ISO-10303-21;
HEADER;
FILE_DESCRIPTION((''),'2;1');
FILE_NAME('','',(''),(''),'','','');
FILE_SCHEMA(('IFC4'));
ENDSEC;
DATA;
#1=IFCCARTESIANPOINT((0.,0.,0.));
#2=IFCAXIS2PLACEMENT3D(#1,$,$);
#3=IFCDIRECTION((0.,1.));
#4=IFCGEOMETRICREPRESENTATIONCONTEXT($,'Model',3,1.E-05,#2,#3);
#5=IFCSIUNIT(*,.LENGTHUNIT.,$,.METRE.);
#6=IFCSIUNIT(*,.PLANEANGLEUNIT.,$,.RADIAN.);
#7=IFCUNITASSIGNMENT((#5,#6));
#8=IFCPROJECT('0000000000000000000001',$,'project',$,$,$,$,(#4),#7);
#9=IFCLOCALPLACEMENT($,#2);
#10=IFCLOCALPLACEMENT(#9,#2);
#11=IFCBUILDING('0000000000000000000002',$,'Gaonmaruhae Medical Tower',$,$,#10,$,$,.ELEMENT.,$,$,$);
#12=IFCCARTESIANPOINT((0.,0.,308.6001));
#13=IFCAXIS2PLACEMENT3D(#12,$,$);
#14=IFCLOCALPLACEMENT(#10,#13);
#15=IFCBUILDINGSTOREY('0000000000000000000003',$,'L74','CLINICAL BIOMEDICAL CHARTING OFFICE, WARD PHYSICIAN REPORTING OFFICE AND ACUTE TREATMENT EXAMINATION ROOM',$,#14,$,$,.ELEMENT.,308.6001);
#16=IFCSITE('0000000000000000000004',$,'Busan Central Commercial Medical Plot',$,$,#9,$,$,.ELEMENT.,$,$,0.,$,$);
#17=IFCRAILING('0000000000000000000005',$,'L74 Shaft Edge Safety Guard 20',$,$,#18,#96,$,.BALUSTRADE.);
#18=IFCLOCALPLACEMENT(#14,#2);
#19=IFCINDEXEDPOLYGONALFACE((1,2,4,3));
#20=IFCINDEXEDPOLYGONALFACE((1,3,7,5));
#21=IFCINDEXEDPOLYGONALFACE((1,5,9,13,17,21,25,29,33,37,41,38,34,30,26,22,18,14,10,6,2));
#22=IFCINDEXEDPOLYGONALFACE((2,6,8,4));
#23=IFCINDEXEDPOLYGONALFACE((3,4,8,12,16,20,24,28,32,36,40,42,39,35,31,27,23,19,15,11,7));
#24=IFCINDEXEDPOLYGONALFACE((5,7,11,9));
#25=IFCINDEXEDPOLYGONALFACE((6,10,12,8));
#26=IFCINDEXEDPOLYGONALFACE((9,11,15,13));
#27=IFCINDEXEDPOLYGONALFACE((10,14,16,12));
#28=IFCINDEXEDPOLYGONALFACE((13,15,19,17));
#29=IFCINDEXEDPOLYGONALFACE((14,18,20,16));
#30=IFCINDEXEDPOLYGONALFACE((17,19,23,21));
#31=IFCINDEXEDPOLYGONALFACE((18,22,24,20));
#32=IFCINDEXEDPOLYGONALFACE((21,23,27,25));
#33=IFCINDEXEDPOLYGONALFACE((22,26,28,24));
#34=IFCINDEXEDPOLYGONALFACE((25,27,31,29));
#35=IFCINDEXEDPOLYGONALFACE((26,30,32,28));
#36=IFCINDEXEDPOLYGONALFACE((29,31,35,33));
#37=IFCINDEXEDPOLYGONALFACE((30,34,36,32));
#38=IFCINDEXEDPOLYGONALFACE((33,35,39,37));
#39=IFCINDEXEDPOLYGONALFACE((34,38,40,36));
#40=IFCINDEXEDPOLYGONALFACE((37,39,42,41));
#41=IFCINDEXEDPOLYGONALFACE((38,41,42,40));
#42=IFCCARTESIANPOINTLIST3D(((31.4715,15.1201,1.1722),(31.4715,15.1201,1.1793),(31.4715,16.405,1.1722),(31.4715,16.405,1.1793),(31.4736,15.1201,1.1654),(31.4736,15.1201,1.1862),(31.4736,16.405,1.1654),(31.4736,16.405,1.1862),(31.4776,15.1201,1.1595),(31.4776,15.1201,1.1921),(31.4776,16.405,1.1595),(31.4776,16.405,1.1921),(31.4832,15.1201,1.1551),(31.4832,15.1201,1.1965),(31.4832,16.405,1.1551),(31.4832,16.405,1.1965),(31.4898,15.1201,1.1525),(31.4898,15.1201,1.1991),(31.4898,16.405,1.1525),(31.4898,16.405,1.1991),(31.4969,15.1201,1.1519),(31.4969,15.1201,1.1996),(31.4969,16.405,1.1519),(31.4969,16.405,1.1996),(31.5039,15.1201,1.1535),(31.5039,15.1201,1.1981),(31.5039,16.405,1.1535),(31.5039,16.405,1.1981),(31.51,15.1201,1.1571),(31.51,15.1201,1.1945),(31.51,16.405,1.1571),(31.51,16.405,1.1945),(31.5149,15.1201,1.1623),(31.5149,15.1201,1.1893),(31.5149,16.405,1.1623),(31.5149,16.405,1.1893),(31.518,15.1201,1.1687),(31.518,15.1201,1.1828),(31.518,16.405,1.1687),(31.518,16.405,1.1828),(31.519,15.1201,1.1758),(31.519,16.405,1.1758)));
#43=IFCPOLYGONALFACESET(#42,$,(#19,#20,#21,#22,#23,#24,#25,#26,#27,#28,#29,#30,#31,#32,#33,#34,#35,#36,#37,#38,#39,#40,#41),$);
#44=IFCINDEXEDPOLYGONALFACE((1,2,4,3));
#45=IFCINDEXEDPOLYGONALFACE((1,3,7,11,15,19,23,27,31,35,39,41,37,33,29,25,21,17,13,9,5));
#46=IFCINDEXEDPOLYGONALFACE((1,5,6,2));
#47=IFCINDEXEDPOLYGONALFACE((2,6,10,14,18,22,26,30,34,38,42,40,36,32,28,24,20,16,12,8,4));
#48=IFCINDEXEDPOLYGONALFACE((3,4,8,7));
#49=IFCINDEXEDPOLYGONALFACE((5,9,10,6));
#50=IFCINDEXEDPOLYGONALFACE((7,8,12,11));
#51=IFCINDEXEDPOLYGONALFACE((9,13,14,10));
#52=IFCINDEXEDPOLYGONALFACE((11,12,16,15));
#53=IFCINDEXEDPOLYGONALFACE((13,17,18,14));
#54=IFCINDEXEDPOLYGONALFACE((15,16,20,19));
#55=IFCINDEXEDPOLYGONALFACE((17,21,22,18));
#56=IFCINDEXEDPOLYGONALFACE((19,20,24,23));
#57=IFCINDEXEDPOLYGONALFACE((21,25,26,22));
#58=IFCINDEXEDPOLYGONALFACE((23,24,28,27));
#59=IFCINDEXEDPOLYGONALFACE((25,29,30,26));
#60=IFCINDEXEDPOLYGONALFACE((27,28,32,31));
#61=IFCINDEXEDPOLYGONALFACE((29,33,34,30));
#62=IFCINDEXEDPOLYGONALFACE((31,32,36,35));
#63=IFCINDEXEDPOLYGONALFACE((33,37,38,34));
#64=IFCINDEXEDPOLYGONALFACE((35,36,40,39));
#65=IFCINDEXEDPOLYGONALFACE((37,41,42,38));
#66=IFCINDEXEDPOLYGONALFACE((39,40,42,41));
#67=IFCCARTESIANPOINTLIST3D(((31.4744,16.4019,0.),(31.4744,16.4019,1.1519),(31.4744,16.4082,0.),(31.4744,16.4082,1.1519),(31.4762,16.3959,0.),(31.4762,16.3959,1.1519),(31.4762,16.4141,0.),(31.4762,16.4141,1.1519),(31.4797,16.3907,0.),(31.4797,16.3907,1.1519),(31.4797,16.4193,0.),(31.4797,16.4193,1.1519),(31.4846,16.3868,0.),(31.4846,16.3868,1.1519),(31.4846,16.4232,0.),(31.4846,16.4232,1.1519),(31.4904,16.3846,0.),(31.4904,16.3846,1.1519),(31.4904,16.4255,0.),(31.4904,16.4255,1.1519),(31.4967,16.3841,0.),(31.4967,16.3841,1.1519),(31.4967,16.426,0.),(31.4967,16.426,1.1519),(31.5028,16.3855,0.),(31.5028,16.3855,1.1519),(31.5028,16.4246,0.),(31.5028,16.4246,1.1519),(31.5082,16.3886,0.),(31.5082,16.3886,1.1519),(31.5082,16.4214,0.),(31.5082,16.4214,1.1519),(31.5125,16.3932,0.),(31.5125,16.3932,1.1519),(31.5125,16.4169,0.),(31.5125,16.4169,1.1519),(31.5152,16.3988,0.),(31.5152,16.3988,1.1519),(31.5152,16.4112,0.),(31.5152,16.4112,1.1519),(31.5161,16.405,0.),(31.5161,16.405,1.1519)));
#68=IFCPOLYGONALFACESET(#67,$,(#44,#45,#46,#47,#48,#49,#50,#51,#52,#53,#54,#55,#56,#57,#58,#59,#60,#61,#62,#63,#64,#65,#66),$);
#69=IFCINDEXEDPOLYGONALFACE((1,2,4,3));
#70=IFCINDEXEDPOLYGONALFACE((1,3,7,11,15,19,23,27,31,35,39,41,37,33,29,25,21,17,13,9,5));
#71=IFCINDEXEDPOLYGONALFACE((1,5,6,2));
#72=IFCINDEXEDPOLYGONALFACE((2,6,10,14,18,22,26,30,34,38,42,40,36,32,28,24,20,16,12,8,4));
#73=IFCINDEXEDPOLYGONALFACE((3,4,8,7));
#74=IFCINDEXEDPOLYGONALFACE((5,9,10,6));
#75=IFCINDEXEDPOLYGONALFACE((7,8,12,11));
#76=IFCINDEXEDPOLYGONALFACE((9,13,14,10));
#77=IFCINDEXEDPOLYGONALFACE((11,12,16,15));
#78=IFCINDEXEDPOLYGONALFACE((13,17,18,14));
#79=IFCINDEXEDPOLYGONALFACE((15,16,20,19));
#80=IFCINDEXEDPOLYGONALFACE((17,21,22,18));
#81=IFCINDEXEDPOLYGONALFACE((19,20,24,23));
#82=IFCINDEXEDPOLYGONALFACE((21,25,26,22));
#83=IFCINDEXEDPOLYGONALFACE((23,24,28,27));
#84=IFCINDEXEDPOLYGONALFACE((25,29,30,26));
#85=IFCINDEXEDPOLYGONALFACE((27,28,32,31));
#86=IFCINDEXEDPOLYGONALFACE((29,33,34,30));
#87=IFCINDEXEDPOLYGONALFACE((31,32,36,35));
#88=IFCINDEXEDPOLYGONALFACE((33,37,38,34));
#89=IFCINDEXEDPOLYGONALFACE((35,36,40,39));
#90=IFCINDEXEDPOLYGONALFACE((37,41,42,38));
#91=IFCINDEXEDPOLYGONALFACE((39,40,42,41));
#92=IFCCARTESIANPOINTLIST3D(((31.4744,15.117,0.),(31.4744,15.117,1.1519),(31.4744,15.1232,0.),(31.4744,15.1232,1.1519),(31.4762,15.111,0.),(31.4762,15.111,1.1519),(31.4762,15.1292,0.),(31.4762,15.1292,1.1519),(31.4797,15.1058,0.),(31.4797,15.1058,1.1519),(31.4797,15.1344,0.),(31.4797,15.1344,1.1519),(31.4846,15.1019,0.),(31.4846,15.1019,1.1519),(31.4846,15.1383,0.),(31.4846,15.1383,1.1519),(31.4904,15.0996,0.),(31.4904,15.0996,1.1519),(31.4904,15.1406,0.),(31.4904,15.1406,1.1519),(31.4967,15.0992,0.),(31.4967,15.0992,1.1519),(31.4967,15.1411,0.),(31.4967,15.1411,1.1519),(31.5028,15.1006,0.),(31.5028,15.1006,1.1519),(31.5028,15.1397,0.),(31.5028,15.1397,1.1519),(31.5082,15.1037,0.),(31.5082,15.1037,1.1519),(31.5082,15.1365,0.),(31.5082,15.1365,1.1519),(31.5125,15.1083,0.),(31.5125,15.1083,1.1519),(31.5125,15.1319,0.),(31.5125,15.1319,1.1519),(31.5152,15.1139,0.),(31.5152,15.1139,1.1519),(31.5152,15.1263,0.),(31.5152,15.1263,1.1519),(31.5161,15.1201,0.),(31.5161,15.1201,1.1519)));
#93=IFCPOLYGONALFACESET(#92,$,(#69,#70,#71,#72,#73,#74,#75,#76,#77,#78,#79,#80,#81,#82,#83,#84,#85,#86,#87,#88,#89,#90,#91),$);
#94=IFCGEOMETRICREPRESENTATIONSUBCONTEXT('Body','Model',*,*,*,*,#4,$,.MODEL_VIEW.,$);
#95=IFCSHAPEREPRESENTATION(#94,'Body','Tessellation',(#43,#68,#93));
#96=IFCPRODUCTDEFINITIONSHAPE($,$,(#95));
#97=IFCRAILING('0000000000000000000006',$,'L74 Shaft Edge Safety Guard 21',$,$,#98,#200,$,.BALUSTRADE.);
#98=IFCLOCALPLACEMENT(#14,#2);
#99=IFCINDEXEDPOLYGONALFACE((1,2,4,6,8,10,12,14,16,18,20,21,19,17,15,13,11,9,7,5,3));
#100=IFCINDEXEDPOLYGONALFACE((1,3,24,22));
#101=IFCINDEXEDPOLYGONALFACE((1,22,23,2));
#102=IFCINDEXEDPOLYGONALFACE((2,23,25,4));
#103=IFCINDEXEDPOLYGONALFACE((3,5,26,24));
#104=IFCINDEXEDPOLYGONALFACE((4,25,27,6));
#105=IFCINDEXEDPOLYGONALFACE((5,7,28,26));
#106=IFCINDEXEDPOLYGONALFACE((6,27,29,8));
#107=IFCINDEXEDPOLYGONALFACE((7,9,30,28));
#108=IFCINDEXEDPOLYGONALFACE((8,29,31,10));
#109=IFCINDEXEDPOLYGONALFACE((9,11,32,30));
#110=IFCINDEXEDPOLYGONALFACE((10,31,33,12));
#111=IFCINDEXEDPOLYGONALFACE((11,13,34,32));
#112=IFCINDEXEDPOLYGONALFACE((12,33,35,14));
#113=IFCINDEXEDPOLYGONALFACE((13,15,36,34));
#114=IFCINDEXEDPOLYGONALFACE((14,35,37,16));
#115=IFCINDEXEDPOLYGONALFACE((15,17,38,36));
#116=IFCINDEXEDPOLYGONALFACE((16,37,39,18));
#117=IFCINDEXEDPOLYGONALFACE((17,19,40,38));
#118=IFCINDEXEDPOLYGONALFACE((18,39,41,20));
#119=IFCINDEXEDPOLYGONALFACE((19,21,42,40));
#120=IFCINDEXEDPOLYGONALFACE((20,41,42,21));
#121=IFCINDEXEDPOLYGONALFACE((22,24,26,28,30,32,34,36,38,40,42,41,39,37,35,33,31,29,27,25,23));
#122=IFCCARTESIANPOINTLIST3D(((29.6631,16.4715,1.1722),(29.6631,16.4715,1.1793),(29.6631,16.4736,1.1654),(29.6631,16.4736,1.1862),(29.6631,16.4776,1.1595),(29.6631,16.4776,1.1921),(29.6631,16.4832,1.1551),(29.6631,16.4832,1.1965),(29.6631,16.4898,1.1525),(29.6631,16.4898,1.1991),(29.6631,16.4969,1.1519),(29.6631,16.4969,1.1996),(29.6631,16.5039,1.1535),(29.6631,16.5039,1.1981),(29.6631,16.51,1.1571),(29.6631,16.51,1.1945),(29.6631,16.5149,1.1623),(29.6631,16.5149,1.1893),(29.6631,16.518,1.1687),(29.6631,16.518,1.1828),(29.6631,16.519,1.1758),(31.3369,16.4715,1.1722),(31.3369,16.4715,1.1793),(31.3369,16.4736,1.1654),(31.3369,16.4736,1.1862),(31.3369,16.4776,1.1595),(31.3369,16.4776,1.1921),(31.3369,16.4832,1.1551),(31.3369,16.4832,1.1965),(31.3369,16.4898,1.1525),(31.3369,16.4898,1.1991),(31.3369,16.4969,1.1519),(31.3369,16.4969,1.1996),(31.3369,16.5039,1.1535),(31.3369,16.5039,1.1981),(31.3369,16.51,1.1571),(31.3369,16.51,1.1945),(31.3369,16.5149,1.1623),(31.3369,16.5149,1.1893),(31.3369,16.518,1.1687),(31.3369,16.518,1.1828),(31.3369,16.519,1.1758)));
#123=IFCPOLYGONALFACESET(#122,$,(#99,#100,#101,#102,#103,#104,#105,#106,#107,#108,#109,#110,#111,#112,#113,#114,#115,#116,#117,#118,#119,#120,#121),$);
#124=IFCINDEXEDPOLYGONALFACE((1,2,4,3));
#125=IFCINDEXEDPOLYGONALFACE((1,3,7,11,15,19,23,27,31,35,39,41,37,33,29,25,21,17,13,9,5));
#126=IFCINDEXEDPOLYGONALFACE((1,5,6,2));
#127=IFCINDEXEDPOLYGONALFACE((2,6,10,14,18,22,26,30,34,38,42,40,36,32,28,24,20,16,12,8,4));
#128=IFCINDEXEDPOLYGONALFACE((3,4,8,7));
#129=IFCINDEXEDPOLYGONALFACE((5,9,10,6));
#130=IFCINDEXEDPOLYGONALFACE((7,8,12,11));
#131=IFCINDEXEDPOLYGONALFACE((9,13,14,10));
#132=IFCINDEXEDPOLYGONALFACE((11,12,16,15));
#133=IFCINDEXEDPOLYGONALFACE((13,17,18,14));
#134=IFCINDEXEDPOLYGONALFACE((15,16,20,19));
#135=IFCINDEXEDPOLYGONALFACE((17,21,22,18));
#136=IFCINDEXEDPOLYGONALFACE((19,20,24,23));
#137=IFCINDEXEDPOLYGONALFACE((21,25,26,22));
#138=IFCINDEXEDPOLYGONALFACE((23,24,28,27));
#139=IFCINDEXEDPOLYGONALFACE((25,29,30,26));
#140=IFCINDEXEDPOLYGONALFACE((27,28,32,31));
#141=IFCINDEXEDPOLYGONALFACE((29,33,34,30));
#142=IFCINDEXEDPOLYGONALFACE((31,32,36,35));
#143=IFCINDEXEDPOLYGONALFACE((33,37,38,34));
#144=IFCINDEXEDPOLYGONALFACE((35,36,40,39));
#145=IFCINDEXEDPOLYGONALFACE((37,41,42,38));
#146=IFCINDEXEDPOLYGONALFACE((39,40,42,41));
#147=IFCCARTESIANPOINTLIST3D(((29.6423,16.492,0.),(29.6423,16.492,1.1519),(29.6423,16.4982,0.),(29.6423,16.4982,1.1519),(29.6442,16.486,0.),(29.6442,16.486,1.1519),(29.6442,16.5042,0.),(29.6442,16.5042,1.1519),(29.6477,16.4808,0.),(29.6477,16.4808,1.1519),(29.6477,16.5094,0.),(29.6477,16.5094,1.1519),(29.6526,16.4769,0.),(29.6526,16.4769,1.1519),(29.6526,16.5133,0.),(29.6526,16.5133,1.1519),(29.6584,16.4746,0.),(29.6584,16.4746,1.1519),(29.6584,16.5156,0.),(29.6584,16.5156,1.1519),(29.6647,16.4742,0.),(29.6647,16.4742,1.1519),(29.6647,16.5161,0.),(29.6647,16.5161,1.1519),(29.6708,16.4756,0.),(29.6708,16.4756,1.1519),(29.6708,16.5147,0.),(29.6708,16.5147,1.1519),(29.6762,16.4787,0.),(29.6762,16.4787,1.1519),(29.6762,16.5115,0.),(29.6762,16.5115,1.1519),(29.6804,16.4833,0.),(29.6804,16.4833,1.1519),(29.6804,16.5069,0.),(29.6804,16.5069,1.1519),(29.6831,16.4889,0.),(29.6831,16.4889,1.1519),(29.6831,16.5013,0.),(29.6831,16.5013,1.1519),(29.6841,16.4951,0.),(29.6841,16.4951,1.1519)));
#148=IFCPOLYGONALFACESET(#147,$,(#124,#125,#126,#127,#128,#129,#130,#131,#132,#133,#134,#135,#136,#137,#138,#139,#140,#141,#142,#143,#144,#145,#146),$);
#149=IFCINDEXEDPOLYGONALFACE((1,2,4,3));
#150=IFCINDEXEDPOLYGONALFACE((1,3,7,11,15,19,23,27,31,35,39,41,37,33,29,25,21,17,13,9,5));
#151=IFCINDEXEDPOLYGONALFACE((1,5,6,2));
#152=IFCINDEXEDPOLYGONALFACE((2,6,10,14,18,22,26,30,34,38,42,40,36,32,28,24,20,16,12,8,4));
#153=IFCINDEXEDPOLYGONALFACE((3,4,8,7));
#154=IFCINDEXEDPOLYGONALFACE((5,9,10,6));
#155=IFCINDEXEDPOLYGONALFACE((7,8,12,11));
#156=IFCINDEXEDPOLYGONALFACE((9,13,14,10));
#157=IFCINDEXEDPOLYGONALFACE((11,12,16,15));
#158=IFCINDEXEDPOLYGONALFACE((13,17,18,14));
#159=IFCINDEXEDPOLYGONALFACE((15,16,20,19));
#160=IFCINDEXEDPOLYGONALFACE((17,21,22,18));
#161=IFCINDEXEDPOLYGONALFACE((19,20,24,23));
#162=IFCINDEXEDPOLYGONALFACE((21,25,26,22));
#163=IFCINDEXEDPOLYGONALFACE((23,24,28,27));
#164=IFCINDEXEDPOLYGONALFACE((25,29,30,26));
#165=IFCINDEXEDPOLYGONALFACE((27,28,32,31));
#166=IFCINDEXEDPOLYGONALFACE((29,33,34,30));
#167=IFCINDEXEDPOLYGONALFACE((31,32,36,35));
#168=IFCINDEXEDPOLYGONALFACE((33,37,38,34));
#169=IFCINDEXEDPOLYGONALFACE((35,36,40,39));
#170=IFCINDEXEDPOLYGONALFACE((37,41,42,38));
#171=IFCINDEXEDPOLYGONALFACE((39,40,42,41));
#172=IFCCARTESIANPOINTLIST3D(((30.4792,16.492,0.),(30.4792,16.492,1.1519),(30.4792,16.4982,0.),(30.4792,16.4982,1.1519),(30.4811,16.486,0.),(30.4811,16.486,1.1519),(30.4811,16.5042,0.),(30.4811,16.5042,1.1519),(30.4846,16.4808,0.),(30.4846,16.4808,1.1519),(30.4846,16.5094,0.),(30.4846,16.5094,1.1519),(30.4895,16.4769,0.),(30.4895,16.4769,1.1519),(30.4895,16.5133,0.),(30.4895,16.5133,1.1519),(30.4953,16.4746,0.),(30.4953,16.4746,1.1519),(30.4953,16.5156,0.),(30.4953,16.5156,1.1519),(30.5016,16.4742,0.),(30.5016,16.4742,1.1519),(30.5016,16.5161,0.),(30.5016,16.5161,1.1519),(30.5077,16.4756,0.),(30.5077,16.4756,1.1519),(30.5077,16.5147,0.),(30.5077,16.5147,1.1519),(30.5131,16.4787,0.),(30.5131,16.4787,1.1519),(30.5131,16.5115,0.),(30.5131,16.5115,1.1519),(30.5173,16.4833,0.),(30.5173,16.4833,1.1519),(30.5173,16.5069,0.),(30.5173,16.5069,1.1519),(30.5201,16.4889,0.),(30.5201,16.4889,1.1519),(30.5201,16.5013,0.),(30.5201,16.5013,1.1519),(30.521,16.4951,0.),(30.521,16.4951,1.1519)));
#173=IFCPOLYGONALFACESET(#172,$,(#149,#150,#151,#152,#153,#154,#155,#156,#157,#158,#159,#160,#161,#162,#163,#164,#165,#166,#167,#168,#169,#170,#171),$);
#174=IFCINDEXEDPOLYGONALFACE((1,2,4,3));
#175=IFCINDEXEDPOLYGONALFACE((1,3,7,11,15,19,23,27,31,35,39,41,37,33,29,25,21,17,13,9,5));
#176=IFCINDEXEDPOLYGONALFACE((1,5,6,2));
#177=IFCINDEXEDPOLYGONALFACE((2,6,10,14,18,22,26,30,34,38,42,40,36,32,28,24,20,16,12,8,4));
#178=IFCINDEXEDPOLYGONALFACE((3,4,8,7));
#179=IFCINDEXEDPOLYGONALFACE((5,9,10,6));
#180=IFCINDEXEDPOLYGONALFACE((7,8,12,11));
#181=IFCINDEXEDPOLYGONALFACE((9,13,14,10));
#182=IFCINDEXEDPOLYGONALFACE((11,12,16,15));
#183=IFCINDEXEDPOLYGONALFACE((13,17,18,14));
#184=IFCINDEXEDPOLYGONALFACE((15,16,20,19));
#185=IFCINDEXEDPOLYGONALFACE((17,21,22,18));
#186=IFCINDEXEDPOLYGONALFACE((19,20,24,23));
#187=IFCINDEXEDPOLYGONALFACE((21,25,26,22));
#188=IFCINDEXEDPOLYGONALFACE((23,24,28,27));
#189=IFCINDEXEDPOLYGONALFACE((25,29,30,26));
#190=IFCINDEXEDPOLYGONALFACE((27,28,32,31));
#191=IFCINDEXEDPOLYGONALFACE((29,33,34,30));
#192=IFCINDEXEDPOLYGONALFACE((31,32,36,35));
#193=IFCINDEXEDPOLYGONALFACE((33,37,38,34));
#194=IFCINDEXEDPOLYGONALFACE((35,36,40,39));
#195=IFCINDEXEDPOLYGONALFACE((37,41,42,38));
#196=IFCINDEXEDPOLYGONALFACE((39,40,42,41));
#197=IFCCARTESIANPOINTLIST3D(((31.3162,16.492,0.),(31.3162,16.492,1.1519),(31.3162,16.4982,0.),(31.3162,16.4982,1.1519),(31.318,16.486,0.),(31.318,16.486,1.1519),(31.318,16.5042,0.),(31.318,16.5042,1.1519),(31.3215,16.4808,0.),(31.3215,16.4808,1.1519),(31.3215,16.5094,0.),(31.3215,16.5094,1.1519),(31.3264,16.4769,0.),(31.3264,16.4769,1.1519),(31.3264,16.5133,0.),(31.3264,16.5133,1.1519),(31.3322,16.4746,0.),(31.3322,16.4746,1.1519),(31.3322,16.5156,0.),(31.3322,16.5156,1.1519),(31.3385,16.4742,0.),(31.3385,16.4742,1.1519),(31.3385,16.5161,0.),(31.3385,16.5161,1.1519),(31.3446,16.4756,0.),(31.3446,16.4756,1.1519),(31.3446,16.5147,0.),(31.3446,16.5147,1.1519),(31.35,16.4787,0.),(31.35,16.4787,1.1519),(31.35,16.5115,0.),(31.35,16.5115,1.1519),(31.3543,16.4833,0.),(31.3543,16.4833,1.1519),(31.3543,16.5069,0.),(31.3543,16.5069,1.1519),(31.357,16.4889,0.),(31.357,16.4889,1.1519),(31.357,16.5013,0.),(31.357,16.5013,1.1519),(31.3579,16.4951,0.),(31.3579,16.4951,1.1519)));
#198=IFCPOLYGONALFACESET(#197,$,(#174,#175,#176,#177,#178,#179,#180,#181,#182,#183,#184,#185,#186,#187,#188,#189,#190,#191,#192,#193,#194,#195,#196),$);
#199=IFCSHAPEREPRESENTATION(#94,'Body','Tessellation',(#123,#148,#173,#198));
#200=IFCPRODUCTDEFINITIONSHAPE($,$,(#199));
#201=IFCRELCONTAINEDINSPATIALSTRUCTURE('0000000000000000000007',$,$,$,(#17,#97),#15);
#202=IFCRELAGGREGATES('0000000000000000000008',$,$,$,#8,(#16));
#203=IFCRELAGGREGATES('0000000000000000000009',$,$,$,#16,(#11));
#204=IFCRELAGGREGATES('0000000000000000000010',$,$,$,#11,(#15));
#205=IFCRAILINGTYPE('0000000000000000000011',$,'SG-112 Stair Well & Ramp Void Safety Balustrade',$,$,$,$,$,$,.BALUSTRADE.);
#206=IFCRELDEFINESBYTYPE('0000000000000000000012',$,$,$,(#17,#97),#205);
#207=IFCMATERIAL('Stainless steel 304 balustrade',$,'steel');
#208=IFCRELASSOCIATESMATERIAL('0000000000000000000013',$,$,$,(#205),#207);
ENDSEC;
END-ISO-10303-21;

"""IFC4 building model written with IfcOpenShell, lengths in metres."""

from ifc_helpers import new_model, si_unit, direction, frame, origin, origin_2d, place, context, subcontext, project, spatial, circle, extrude, material, type_object, element, save


model = new_model("IFC4")

# Units and contexts
model_context = context("Model", 3, precision=1e-05, world=origin(), true_north=direction((0.0, 1.0)))
body_context = subcontext(model_context, "Body", "Model", "MODEL_VIEW")
ifc_project = project(units=[si_unit("LENGTHUNIT", "METRE"), si_unit("PLANEANGLEUNIT", "RADIAN")], contexts=[model_context])

# Site, building, storey
site_placement = place(None, origin())
site = spatial("IfcSite", under=ifc_project, at=site_placement, Name="Busan Central Commercial Medical Plot", CompositionType="ELEMENT", RefElevation=0.0)
building_placement = place(site_placement, origin())
building = spatial("IfcBuilding", under=site, at=building_placement, Name="Gaonmaruhae Medical Tower", CompositionType="ELEMENT")
storey_placement = place(building_placement, frame((0.0, 0.0, 308.6001)))
storey = spatial("IfcBuildingStorey", under=building, at=storey_placement, Name="L74", Description="CLINICAL BIOMEDICAL CHARTING OFFICE, WARD PHYSICIAN REPORTING OFFICE AND ACUTE TREATMENT EXAMINATION ROOM", CompositionType="ELEMENT", Elevation=308.6001)

# Railings
ifc_material_1 = material(Name="Stainless steel 304 balustrade", Category="steel")
railing_type_1 = type_object("IfcRailingType", Name="SG-112 Stair Well & Ramp Void Safety Balustrade", PredefinedType="BALUSTRADE", material=ifc_material_1)
railing_1_placement = place(storey_placement, frame((31.4951, 16.405, 0.0)))
element("IfcRailing", 1, at=railing_1_placement, inside=storey, type_object=railing_type_1, Name="L74 Shaft Edge Safety Guard 20", PredefinedType="BALUSTRADE", context=body_context, shape_type="SweptSolid", body=[
    extrude(circle(Radius=0.0239, at=origin_2d()), frame((0.0, 0.0, 1.1758), z_axis=(0.0, -1.0, 0.0), x_axis=(1.0, 0.0, 0.0)), (0.0, 0.0, 1.0), 1.2849),
    extrude(circle(Radius=0.021, at=origin_2d()), origin(), (0.0, 0.0, 1.0), 1.1519),
    extrude(circle(Radius=0.021, at=origin_2d()), frame((0.0, -1.2849, 0.0)), (0.0, 0.0, 1.0), 1.1519),
])
railing_2_placement = place(storey_placement, frame((29.6631, 16.4951, 0.0)))
element("IfcRailing", 2, at=railing_2_placement, inside=storey, type_object=railing_type_1, Name="L74 Shaft Edge Safety Guard 21", PredefinedType="BALUSTRADE", context=body_context, shape_type="SweptSolid", body=[
    extrude(circle(Radius=0.0239, at=origin_2d()), frame((0.0, 0.0, 1.1758), z_axis=(1.0, 0.0, 0.0), x_axis=(0.0, 1.0, 0.0)), (0.0, 0.0, 1.0), 1.6738),
    extrude(circle(Radius=0.021, at=origin_2d()), origin(), (0.0, 0.0, 1.0), 1.1519),
    extrude(circle(Radius=0.021, at=origin_2d()), frame((0.8369, 0.0, 0.0)), (0.0, 0.0, 1.0), 1.1519),
    extrude(circle(Radius=0.021, at=origin_2d()), frame((1.6738, 0.0, 0.0)), (0.0, 0.0, 1.0), 1.1519),
])

save(model, "model.ifc")
